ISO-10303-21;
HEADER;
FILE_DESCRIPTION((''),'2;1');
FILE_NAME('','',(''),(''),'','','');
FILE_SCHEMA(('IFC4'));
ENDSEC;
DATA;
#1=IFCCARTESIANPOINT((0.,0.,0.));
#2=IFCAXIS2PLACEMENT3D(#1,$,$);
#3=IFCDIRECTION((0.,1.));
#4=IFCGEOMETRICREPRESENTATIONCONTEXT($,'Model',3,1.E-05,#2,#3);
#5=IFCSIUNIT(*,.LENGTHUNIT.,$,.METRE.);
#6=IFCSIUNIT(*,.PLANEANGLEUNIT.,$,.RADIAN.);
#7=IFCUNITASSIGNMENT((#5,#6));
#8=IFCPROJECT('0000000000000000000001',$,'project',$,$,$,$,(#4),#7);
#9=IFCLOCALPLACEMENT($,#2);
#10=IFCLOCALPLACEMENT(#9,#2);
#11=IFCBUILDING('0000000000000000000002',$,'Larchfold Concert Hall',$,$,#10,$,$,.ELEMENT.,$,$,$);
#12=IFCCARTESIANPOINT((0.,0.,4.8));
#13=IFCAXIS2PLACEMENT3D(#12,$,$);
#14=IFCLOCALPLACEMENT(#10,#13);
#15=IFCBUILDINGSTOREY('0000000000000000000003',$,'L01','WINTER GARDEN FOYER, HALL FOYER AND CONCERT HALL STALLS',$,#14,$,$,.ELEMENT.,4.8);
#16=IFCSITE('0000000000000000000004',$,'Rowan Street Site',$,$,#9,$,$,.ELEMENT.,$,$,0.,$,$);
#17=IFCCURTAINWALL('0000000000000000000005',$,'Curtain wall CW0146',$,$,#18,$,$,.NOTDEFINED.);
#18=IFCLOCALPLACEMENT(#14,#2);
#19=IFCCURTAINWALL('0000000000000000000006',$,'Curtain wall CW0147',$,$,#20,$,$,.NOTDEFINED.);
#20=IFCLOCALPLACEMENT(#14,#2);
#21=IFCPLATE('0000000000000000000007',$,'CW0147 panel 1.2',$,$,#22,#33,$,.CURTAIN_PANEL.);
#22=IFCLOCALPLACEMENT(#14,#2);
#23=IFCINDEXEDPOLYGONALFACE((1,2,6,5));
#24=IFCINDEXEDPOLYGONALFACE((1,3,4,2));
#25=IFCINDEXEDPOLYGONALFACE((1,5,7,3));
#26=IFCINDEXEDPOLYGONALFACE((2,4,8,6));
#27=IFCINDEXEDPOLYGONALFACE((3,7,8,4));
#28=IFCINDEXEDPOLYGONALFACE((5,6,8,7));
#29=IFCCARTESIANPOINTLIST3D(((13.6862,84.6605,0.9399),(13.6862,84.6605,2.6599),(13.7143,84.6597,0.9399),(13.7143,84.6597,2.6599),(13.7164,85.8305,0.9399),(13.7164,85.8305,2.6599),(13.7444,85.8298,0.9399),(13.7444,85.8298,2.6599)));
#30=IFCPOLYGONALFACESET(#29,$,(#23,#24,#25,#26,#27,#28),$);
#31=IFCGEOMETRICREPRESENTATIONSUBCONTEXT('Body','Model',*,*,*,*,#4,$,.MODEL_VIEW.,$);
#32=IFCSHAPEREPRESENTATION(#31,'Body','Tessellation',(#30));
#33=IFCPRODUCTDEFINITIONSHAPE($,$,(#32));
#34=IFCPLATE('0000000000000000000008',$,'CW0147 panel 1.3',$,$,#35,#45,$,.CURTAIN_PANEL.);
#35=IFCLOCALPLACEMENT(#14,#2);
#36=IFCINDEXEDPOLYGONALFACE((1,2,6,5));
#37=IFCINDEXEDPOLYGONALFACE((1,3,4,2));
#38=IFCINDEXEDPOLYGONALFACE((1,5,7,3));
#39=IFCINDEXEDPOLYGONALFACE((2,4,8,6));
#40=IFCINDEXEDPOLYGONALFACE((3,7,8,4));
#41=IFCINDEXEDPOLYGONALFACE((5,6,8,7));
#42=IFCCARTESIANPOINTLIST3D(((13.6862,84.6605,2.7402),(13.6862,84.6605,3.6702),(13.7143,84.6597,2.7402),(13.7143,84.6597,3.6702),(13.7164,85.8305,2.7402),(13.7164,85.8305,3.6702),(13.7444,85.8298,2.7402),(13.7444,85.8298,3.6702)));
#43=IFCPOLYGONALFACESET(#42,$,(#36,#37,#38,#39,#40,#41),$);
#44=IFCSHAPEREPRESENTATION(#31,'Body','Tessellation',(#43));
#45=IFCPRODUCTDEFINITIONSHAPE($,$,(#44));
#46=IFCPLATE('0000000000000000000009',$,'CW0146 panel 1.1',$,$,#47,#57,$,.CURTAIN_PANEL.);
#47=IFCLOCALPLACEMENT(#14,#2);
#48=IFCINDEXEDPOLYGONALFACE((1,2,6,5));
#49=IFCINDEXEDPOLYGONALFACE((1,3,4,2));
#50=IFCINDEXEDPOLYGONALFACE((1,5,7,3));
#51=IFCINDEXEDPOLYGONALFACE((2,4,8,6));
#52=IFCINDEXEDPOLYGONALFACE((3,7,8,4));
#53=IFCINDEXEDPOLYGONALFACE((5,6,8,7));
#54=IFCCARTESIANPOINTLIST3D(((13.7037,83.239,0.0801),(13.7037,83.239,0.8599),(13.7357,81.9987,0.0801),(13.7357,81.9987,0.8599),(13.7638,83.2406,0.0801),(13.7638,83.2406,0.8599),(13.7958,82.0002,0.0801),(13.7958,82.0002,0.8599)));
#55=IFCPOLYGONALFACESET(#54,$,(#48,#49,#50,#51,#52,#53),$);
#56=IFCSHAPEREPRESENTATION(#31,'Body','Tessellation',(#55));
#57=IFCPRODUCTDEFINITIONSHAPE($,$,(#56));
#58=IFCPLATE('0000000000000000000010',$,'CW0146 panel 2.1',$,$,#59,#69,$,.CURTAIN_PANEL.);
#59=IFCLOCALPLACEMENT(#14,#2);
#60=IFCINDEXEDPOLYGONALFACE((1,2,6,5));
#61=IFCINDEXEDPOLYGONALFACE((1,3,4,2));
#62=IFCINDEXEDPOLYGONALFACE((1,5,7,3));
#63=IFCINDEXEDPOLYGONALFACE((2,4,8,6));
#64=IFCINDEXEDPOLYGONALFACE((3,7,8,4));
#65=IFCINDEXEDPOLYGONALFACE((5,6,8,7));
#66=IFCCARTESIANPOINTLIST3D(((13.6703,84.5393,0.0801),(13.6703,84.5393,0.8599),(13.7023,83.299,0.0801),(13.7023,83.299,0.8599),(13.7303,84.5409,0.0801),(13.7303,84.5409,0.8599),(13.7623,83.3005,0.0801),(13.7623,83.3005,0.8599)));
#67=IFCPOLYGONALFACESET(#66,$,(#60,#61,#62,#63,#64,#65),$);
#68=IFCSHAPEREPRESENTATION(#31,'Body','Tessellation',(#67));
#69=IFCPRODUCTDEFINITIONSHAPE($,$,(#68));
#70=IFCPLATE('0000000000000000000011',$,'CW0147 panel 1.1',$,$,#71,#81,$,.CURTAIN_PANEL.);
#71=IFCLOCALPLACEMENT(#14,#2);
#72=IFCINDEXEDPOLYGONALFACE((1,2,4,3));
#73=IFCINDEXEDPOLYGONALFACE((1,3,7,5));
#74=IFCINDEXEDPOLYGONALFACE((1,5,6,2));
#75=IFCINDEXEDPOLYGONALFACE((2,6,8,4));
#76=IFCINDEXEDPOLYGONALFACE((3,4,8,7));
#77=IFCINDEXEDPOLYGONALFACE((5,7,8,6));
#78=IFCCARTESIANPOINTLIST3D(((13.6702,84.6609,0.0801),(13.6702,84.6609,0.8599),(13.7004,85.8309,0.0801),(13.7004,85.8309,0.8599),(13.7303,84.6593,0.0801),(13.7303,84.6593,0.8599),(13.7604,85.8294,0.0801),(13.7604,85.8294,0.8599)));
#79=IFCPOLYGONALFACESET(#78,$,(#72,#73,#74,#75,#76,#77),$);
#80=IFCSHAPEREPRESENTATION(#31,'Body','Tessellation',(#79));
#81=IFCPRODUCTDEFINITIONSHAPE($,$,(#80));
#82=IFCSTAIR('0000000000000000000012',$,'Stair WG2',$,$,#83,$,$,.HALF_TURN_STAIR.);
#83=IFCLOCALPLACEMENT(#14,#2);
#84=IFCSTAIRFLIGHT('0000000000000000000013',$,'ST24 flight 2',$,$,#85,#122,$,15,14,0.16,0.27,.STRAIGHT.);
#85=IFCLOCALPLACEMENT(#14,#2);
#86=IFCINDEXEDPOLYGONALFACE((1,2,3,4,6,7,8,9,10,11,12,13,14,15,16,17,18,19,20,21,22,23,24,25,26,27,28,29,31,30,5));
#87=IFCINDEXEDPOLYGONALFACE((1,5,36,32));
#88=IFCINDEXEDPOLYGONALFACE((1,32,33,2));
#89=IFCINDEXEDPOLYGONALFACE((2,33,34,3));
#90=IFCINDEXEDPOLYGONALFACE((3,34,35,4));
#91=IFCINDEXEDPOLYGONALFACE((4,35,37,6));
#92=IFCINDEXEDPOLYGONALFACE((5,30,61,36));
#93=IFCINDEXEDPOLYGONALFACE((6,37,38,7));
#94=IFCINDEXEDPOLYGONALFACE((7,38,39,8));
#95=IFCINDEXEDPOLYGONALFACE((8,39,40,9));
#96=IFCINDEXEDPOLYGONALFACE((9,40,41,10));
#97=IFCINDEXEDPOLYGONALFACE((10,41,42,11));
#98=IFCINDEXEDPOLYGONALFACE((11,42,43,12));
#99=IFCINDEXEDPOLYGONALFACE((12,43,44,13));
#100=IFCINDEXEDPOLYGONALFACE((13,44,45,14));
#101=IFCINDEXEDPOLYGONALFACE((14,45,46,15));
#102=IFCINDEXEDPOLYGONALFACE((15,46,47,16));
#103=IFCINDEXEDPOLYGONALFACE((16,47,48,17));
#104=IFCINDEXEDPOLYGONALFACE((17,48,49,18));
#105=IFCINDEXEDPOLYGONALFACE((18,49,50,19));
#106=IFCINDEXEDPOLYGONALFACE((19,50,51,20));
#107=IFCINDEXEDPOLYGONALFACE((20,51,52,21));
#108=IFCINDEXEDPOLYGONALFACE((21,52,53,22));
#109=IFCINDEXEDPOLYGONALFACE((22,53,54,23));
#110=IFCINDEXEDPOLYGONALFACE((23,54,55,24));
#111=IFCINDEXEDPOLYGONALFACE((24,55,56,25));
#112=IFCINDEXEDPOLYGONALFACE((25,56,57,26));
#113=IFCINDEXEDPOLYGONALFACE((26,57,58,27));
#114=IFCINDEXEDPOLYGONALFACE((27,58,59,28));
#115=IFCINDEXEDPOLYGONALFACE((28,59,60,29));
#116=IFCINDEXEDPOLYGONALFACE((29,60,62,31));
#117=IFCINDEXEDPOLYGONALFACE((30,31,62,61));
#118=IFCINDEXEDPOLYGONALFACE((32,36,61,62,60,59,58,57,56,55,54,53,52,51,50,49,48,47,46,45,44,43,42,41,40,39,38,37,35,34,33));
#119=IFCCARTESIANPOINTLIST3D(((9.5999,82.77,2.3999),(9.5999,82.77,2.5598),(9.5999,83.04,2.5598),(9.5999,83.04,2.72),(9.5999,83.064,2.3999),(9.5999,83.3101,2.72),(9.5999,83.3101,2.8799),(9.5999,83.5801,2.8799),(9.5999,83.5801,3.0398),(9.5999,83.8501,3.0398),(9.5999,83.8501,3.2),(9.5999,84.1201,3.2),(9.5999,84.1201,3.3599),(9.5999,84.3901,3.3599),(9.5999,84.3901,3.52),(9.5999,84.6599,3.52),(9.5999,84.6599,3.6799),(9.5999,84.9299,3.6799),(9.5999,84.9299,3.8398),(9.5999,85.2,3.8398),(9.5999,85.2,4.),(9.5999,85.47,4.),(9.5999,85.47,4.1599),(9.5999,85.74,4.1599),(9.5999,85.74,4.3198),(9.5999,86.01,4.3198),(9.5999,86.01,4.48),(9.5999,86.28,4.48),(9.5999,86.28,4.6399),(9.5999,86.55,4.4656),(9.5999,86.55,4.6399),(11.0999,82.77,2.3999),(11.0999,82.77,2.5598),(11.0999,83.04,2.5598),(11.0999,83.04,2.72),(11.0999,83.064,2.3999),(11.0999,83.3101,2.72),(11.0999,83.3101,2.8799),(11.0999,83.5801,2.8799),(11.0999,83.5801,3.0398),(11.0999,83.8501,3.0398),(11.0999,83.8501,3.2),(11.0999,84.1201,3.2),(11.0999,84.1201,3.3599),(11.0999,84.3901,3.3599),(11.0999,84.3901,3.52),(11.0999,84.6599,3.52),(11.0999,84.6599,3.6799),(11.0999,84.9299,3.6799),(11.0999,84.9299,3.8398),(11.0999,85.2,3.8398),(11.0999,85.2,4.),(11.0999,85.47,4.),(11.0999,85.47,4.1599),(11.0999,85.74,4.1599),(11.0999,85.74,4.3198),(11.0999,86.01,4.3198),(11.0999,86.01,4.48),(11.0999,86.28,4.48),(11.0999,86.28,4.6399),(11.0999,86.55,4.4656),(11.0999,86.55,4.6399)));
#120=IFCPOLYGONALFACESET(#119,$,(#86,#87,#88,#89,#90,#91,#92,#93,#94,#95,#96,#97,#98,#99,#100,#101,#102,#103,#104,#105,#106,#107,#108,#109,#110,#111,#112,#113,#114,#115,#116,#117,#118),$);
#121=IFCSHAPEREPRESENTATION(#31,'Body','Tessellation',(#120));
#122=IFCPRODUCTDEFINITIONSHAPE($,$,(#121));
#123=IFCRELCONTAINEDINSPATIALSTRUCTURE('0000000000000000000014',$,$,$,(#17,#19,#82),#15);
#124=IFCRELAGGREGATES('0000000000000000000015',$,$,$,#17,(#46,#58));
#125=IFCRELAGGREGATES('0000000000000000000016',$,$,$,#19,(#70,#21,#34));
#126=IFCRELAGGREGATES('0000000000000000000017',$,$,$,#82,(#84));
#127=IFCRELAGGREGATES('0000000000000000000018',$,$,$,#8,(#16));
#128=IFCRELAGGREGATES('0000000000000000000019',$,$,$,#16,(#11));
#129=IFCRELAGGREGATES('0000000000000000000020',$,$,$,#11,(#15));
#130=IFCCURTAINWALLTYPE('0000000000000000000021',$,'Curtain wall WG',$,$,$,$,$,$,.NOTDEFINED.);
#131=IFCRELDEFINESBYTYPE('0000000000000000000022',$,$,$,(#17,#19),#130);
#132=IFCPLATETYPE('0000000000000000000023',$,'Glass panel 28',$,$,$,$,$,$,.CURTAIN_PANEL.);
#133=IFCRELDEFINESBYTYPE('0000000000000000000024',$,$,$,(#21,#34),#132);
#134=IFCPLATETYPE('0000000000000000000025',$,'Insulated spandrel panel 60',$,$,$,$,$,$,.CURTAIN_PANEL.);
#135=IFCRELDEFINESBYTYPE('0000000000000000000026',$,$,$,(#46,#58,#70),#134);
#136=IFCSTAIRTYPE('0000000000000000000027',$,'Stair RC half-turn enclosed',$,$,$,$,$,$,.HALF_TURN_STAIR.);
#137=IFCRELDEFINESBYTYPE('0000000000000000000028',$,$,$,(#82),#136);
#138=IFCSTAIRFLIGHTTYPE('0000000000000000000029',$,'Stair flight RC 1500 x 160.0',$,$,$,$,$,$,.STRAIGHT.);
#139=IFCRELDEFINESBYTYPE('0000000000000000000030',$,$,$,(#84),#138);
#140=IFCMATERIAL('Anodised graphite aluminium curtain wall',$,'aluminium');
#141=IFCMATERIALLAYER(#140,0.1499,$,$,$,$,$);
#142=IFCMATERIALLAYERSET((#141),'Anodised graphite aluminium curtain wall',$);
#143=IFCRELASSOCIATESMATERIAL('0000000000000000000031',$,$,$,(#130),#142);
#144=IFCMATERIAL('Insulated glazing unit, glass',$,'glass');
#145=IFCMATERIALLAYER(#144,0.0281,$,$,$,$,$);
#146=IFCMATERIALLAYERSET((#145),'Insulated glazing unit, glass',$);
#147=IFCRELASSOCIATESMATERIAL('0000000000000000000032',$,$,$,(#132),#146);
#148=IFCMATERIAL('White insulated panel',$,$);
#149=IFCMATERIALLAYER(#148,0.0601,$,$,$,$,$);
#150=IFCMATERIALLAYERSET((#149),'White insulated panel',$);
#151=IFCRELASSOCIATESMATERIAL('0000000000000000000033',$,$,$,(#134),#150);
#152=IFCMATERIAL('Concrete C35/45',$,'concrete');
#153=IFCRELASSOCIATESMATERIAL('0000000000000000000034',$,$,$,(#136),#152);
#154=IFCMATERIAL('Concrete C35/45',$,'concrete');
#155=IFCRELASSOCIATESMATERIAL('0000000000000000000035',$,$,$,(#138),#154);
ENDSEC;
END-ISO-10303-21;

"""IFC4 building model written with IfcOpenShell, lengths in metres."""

from ifc_helpers import new_model, si_unit, direction, frame, origin, origin_2d, place, context, subcontext, project, spatial, polyline, rectangle, outline, extrude, material, layer, layer_set, type_object, element, aggregate, save


model = new_model("IFC4")

# Units and contexts
model_context = context("Model", 3, precision=1e-05, world=origin(), true_north=direction((0.0, 1.0)))
body_context = subcontext(model_context, "Body", "Model", "MODEL_VIEW")
ifc_project = project(units=[si_unit("LENGTHUNIT", "METRE"), si_unit("PLANEANGLEUNIT", "RADIAN")], contexts=[model_context])

# Site, building, storey
site_placement = place(None, origin())
site = spatial("IfcSite", under=ifc_project, at=site_placement, Name="Rowan Street Site", CompositionType="ELEMENT", RefElevation=0.0)
building_placement = place(site_placement, origin())
building = spatial("IfcBuilding", under=site, at=building_placement, Name="Larchfold Concert Hall", CompositionType="ELEMENT")
storey_placement = place(building_placement, frame((0.0, 0.0, 4.8)))
storey = spatial("IfcBuildingStorey", under=building, at=storey_placement, Name="L01", Description="WINTER GARDEN FOYER, HALL FOYER AND CONCERT HALL STALLS", CompositionType="ELEMENT", Elevation=4.8)

# Shared definitions
ifc_material_1 = material(Name="Anodised graphite aluminium curtain wall", Category="aluminium")
ifc_layer_1 = layer(ifc_material_1, 0.1499)
ifc_layer_set_1 = layer_set([ifc_layer_1], Name="Anodised graphite aluminium curtain wall")
curtain_wall_type = type_object("IfcCurtainWallType", Name="Curtain wall WG", PredefinedType="NOTDEFINED", material=ifc_layer_set_1)

# Curtain walls
curtain_wall_1_placement = place(storey_placement, origin())
curtain_wall_1 = element("IfcCurtainWall", 1, at=curtain_wall_1_placement, inside=storey, type_object=curtain_wall_type, Name="Curtain wall CW0146", PredefinedType="NOTDEFINED")
curtain_wall_2_placement = place(storey_placement, origin())
curtain_wall_2 = element("IfcCurtainWall", 2, at=curtain_wall_2_placement, inside=storey, type_object=curtain_wall_type, Name="Curtain wall CW0147", PredefinedType="NOTDEFINED")

# Plates
ifc_material_2 = material(Name="Insulated glazing unit, glass", Category="glass")
ifc_layer_2 = layer(ifc_material_2, 0.0281)
ifc_layer_set_2 = layer_set([ifc_layer_2], Name="Insulated glazing unit, glass")
plate_type_1 = type_object("IfcPlateType", Name="Glass panel 28", PredefinedType="CURTAIN_PANEL", material=ifc_layer_set_2)
plate_1_placement = place(storey_placement, frame((13.7153, 85.2451, 0.9399), z_axis=(0.0, 0.0, 1.0), x_axis=(0.025762, 0.999668, 0.0)))
plate_1 = element("IfcPlate", 3, at=plate_1_placement, type_object=plate_type_1, Name="CW0147 panel 1.2", PredefinedType="CURTAIN_PANEL", context=body_context, shape_type="SweptSolid", body=[
    extrude(rectangle(XDim=1.1704, YDim=0.0281, at=origin_2d()), origin(), (0.0, 0.0, 1.0), 1.72),
])
plate_2_placement = place(storey_placement, frame((13.7153, 85.2451, 2.7402), z_axis=(0.0, 0.0, 1.0), x_axis=(0.025762, 0.999668, 0.0)))
plate_2 = element("IfcPlate", 4, at=plate_2_placement, type_object=plate_type_1, Name="CW0147 panel 1.3", PredefinedType="CURTAIN_PANEL", context=body_context, shape_type="SweptSolid", body=[
    extrude(rectangle(XDim=1.1704, YDim=0.0281, at=origin_2d()), origin(), (0.0, 0.0, 1.0), 0.9299),
])
ifc_material_3 = material(Name="White insulated panel")
ifc_layer_3 = layer(ifc_material_3, 0.0601)
ifc_layer_set_3 = layer_set([ifc_layer_3], Name="White insulated panel")
plate_type_2 = type_object("IfcPlateType", Name="Insulated spandrel panel 60", PredefinedType="CURTAIN_PANEL", material=ifc_layer_set_3)
plate_3_placement = place(storey_placement, frame((13.7498, 82.6196, 0.0801), z_axis=(0.0, 0.0, 1.0), x_axis=(-0.025776, 0.999668, 0.0)))
plate_3 = element("IfcPlate", 5, at=plate_3_placement, type_object=plate_type_2, Name="CW0146 panel 1.1", PredefinedType="CURTAIN_PANEL", context=body_context, shape_type="SweptSolid", body=[
    extrude(rectangle(XDim=1.2407, YDim=0.0601, at=origin_2d()), origin(), (0.0, 0.0, 1.0), 0.7798),
])
plate_4_placement = place(storey_placement, frame((13.7163, 83.9199, 0.0801), z_axis=(0.0, 0.0, 1.0), x_axis=(-0.025776, 0.999668, 0.0)))
plate_4 = element("IfcPlate", 6, at=plate_4_placement, type_object=plate_type_2, Name="CW0146 panel 2.1", PredefinedType="CURTAIN_PANEL", context=body_context, shape_type="SweptSolid", body=[
    extrude(rectangle(XDim=1.2407, YDim=0.0601, at=origin_2d()), origin(), (0.0, 0.0, 1.0), 0.7798),
])
aggregate(curtain_wall_1, [plate_3, plate_4])
plate_5_placement = place(storey_placement, frame((13.7153, 85.2451, 0.0801), z_axis=(0.0, 0.0, 1.0), x_axis=(0.025762, 0.999668, 0.0)))
plate_5 = element("IfcPlate", 7, at=plate_5_placement, type_object=plate_type_2, Name="CW0147 panel 1.1", PredefinedType="CURTAIN_PANEL", context=body_context, shape_type="SweptSolid", body=[
    extrude(rectangle(XDim=1.1704, YDim=0.0601, at=origin_2d()), origin(), (0.0, 0.0, 1.0), 0.7798),
])
aggregate(curtain_wall_2, [plate_5, plate_1, plate_2])

# Stair, stair flight
ifc_material_4 = material(Name="Concrete C35/45", Category="concrete")
stair_type = type_object("IfcStairType", Name="Stair RC half-turn enclosed", PredefinedType="HALF_TURN_STAIR", material=ifc_material_4)
stair_placement = place(storey_placement, origin())
stair = element("IfcStair", 8, at=stair_placement, inside=storey, type_object=stair_type, Name="Stair WG2", PredefinedType="HALF_TURN_STAIR")
ifc_material_5 = material(Name="Concrete C35/45", Category="concrete")
stair_flight_type = type_object("IfcStairFlightType", Name="Stair flight RC 1500 x 160.0", PredefinedType="STRAIGHT", material=ifc_material_5)
stair_flight_placement = place(storey_placement, frame((10.3499, 82.77, 2.3999), z_axis=(0.0, 0.0, 1.0), x_axis=(0.0, 1.0, 0.0)))
stair_flight = element("IfcStairFlight", 9, at=stair_flight_placement, type_object=stair_flight_type, Name="ST24 flight 2", NumberOfRisers=15, NumberOfTreads=14, PredefinedType="STRAIGHT", RiserHeight=0.16, TreadLength=0.27, context=body_context, shape_type="SweptSolid", body=[
    extrude(outline(polyline([(0.0, 0.0), (0.0, 0.1599), (0.27, 0.1599), (0.27, 0.3201), (0.54, 0.3201), (0.54, 0.48), (0.8101, 0.48), (0.8101, 0.6399), (1.0801, 0.6399), (1.0801, 0.8), (1.3501, 0.8), (1.3501, 0.96), (1.6201, 0.96), (1.6201, 1.1201), (1.8899, 1.1201), (1.8899, 1.28), (2.1599, 1.28), (2.1599, 1.4399), (2.4299, 1.4399), (2.4299, 1.6001), (2.7, 1.6001), (2.7, 1.76), (2.97, 1.76), (2.97, 1.9199), (3.24, 1.9199), (3.24, 2.0801), (3.51, 2.0801), (3.51, 2.24), (3.78, 2.24), (3.78, 2.3999), (3.78, 2.0657), (0.2939, 0.0), (0.0, 0.0)])), frame((0.0, 0.75, 0.0), z_axis=(0.0, -1.0, 0.0), x_axis=(1.0, 0.0, 0.0)), (0.0, 0.0, 1.0), 1.5),
])
aggregate(stair, [stair_flight])

save(model, "model.ifc")
